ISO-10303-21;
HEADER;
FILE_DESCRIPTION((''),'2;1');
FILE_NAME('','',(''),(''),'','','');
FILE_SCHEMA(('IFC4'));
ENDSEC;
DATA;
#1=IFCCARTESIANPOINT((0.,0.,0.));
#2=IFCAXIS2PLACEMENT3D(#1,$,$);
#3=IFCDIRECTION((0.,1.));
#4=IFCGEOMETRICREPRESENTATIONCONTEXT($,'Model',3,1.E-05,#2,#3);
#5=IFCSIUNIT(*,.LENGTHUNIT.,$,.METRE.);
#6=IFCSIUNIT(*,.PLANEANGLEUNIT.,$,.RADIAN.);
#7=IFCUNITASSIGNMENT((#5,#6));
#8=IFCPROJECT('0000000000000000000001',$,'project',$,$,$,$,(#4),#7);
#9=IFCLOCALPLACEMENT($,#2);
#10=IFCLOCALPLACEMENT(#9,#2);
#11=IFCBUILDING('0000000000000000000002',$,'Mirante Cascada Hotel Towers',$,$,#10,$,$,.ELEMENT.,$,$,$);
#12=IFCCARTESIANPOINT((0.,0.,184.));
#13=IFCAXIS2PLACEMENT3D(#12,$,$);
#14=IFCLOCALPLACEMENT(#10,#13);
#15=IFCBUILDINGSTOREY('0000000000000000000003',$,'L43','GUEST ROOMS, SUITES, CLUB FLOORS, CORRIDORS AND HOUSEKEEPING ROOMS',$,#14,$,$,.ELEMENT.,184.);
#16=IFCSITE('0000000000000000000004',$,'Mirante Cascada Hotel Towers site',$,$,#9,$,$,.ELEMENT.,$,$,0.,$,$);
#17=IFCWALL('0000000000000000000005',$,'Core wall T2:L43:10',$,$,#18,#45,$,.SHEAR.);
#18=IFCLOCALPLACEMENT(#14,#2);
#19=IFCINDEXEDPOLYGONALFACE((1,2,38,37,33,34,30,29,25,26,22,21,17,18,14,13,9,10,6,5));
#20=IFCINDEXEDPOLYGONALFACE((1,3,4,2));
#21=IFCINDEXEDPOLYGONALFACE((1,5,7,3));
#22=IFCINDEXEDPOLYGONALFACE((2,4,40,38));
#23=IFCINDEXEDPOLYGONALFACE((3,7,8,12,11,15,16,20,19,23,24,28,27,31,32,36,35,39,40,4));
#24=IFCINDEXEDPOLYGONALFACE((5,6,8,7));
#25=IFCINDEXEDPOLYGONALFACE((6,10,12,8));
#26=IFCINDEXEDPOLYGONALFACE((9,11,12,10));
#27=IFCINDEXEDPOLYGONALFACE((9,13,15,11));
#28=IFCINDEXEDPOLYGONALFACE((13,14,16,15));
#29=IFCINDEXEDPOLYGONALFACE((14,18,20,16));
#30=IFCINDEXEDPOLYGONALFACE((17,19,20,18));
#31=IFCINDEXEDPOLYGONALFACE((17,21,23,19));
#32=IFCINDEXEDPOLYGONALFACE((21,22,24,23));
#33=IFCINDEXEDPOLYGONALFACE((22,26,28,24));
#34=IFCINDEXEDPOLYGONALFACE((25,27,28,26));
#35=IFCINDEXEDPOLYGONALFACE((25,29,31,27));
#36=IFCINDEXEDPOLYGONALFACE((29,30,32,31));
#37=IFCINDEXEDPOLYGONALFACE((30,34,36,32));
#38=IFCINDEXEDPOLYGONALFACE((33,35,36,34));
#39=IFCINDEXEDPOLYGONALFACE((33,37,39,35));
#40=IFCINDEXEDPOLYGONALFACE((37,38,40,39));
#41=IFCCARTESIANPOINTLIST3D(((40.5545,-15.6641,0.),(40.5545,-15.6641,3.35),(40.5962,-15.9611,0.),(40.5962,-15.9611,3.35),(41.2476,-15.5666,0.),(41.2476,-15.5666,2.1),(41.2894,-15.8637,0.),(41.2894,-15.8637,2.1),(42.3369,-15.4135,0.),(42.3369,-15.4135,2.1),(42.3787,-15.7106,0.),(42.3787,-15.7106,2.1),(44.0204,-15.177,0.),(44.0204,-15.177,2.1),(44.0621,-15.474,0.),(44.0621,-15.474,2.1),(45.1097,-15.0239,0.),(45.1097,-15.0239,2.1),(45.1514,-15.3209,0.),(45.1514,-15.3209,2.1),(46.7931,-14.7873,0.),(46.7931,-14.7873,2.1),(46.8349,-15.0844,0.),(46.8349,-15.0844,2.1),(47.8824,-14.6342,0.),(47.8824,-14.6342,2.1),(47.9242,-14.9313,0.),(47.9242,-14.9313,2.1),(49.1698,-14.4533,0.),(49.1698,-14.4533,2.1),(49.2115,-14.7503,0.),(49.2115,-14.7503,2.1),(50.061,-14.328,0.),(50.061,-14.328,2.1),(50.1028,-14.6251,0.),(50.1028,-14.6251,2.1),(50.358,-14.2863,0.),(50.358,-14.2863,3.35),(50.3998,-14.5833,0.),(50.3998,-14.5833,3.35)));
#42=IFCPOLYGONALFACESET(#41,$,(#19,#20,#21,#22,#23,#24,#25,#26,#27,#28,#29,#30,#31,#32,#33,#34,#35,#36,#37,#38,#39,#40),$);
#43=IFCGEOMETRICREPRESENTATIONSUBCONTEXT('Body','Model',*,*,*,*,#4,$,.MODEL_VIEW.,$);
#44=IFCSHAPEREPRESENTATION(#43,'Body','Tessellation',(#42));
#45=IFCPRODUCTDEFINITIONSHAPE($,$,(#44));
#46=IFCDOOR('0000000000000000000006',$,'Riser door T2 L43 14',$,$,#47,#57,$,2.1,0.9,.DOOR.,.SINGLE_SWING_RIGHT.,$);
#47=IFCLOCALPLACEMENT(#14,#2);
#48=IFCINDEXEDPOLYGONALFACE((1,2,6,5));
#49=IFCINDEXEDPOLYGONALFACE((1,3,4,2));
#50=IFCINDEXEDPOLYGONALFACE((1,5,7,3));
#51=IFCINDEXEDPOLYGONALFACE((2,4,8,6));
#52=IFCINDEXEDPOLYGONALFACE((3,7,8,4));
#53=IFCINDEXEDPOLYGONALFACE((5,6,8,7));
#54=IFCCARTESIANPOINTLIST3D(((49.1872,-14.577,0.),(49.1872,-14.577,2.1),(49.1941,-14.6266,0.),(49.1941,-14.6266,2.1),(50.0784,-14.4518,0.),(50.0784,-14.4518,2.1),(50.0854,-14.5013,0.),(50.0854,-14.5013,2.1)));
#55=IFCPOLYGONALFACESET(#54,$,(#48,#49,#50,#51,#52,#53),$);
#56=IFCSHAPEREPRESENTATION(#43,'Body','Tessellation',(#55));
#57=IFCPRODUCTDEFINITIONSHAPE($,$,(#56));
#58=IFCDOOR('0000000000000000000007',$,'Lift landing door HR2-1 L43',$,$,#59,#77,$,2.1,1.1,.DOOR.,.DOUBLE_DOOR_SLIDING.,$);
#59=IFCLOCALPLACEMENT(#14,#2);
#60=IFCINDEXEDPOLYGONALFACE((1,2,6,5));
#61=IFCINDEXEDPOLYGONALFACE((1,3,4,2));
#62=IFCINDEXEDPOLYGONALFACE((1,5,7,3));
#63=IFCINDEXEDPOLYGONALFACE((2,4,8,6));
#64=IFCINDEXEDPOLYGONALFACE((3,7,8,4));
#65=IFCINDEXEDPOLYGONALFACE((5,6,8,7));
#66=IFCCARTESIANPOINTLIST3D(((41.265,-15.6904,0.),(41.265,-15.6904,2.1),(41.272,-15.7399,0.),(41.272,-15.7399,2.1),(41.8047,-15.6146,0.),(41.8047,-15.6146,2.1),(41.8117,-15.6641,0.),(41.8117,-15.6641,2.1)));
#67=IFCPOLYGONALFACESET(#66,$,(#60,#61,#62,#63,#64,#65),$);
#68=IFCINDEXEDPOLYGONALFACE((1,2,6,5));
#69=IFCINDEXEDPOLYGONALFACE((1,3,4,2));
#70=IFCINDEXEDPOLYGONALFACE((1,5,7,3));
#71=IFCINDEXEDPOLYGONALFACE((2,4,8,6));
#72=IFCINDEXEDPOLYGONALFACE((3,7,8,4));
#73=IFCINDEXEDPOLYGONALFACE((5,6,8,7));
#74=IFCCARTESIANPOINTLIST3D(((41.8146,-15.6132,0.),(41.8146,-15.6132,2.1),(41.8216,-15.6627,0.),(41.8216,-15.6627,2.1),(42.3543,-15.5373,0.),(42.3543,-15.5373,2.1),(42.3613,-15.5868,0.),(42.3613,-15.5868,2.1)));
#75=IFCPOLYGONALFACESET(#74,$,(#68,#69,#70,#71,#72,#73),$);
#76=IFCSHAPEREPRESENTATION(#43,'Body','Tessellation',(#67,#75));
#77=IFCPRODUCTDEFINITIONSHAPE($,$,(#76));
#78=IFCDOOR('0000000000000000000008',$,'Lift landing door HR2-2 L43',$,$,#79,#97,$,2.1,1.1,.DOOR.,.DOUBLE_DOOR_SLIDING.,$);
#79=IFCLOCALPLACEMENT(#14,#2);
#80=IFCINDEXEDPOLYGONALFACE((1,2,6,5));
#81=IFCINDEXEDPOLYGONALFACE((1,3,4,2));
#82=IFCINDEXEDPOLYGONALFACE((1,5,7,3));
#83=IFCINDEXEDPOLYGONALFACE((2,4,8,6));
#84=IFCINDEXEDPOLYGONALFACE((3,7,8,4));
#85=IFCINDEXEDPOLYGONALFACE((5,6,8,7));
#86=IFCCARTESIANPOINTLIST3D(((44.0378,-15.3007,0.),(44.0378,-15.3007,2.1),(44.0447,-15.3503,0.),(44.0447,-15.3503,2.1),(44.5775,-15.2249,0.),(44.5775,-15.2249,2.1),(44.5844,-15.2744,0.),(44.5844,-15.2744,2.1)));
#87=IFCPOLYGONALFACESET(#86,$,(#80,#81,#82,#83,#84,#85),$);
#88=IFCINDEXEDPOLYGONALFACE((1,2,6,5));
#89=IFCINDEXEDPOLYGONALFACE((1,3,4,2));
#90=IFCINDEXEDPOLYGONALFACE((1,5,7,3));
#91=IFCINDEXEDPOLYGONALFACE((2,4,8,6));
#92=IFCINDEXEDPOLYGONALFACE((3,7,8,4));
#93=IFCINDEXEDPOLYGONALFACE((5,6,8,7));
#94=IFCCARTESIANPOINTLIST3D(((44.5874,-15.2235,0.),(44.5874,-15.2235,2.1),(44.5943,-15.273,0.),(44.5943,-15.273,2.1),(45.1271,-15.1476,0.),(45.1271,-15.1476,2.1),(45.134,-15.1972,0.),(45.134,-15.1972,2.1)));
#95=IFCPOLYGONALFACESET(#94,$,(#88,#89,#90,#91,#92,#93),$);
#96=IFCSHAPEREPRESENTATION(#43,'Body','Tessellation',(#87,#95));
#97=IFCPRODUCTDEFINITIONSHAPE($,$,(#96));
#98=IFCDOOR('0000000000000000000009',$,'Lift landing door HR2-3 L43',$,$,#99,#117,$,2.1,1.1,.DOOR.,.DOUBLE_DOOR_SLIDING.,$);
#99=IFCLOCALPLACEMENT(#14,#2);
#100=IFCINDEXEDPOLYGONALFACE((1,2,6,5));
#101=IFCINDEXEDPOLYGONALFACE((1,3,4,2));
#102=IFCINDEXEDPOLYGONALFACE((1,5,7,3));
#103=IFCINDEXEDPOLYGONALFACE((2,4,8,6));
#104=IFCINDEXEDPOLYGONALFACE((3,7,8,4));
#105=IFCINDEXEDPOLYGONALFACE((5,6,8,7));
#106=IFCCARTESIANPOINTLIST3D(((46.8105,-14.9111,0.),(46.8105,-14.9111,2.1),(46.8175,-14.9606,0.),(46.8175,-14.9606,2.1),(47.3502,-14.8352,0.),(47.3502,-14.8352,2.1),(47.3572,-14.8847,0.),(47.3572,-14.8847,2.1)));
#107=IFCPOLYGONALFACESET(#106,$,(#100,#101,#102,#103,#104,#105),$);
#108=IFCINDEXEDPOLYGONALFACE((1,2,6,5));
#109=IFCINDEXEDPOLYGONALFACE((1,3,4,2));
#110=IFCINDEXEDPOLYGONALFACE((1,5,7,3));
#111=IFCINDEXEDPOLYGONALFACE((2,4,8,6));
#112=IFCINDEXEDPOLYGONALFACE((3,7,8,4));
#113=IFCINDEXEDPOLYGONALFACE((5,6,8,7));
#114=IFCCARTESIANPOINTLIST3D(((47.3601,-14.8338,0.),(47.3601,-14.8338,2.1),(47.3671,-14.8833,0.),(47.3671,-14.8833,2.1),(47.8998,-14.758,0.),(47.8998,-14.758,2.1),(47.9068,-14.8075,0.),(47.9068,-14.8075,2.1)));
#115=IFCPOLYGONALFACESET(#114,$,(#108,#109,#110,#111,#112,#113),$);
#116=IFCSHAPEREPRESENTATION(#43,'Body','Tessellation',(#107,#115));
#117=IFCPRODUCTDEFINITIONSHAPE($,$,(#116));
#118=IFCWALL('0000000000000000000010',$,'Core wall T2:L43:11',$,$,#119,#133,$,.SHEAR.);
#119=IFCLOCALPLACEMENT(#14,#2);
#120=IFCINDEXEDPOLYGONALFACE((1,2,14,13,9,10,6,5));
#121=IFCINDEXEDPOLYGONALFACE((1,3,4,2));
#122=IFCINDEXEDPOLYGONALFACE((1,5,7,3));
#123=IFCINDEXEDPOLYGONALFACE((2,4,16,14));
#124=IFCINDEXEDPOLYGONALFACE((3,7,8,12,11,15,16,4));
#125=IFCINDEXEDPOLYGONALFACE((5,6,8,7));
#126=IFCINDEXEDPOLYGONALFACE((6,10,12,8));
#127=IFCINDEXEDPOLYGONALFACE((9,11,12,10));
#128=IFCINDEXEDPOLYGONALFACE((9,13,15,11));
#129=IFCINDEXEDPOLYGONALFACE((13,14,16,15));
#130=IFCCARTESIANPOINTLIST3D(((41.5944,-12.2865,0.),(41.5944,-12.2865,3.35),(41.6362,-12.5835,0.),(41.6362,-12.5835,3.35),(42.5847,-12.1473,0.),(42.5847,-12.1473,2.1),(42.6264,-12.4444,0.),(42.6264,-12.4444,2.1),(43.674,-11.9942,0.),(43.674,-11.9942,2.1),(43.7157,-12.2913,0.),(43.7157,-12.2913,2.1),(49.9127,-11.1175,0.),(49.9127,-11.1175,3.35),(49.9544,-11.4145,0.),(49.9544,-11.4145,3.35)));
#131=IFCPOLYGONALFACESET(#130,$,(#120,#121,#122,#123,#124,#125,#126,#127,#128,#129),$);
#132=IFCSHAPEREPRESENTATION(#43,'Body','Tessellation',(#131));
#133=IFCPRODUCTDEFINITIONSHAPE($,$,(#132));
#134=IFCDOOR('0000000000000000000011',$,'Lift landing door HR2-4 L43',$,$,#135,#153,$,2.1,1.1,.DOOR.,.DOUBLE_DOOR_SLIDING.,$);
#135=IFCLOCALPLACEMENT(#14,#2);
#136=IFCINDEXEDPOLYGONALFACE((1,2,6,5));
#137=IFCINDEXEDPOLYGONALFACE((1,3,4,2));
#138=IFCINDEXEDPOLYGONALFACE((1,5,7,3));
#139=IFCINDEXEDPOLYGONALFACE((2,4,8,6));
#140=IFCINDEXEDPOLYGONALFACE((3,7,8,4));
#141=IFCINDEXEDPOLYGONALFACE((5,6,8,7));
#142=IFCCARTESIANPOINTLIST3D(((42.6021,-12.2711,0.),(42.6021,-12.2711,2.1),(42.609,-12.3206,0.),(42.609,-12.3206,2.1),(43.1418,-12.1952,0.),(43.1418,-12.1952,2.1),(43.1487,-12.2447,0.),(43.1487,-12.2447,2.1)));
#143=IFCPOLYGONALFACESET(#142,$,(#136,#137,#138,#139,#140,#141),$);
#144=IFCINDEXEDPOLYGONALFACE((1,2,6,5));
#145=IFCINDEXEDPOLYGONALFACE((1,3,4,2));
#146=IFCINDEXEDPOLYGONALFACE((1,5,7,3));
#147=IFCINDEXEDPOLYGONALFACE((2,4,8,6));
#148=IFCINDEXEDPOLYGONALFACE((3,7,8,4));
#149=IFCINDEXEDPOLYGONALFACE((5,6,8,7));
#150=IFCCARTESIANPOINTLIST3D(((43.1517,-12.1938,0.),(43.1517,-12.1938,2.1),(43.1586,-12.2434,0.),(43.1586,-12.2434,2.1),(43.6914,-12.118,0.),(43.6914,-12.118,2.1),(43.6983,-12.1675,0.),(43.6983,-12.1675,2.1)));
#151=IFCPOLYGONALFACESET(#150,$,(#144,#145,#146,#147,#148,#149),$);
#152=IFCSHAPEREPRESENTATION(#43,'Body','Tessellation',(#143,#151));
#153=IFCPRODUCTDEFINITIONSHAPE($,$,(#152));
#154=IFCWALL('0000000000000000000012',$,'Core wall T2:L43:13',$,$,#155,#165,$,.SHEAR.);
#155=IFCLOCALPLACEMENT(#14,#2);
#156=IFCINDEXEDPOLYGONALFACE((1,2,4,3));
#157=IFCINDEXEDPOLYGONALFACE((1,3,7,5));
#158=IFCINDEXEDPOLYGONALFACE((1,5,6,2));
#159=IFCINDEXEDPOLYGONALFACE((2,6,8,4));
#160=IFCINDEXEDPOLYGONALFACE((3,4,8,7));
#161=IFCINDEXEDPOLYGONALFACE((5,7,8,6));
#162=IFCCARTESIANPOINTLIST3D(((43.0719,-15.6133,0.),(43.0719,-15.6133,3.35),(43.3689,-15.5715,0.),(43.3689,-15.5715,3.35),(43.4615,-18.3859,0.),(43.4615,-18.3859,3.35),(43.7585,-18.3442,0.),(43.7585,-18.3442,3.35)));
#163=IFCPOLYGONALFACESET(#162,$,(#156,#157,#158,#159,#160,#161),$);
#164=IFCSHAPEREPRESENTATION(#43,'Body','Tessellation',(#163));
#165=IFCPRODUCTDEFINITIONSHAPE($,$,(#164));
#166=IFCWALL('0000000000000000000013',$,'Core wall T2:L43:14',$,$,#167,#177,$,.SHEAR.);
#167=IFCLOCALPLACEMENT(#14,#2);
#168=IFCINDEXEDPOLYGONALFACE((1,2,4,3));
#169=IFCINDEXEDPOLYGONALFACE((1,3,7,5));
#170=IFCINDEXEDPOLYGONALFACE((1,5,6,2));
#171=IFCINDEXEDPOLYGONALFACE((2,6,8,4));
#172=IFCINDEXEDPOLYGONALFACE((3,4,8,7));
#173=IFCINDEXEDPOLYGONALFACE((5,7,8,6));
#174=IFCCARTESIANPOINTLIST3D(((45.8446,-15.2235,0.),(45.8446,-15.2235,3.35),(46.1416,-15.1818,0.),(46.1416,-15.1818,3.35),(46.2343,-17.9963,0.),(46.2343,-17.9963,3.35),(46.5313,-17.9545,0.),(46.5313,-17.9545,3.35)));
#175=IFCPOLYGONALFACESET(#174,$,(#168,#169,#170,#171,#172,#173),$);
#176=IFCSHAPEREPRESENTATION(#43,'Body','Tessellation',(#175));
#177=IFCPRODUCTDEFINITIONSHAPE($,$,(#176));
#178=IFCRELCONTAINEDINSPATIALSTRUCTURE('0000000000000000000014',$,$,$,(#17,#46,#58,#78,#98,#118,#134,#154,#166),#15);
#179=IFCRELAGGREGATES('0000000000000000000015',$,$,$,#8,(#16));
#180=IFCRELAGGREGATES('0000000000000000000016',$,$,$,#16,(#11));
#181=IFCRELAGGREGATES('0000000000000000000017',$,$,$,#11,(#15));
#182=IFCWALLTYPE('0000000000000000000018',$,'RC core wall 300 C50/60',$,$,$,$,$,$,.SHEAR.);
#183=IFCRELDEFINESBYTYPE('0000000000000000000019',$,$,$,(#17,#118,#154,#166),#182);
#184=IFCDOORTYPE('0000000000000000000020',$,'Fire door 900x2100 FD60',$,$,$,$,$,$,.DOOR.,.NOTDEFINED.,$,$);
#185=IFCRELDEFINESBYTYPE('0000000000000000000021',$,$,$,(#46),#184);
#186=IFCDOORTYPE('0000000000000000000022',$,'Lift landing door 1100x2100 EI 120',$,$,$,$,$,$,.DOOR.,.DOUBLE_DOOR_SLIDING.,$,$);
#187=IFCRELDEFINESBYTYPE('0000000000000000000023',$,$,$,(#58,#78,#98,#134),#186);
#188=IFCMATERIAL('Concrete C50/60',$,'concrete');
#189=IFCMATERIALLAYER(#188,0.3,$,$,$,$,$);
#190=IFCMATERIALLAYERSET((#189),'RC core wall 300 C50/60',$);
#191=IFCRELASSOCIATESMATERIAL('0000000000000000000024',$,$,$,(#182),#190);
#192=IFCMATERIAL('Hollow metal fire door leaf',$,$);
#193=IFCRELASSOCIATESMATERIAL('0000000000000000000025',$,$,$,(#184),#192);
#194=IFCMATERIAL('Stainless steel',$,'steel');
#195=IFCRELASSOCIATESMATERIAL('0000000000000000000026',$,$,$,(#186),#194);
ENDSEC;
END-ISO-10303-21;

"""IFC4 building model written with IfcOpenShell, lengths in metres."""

from ifc_helpers import new_model, si_unit, direction, frame, frame_2d, origin, place, context, subcontext, project, spatial, rectangle, extrude, material, layer, layer_set, type_object, element, fill, save


model = new_model("IFC4")

# Units and contexts
model_context = context("Model", 3, precision=1e-05, world=origin(), true_north=direction((0.0, 1.0)))
body_context = subcontext(model_context, "Body", "Model", "MODEL_VIEW")
ifc_project = project(units=[si_unit("LENGTHUNIT", "METRE"), si_unit("PLANEANGLEUNIT", "RADIAN")], contexts=[model_context])

# Site, building, storey
site_placement = place(None, origin())
site = spatial("IfcSite", under=ifc_project, at=site_placement, Name="Mirante Cascada Hotel Towers site", CompositionType="ELEMENT", RefElevation=0.0)
building_placement = place(site_placement, origin())
building = spatial("IfcBuilding", under=site, at=building_placement, Name="Mirante Cascada Hotel Towers", CompositionType="ELEMENT")
storey_placement = place(building_placement, frame((0.0, 0.0, 184.0)))
storey = spatial("IfcBuildingStorey", under=building, at=storey_placement, Name="L43", Description="GUEST ROOMS, SUITES, CLUB FLOORS, CORRIDORS AND HOUSEKEEPING ROOMS", CompositionType="ELEMENT", Elevation=184.0)

# Shared definitions
ifc_material_1 = material(Name="Concrete C50/60", Category="concrete")
ifc_layer_1 = layer(ifc_material_1, 0.3)
ifc_layer_set_1 = layer_set([ifc_layer_1], Name="RC core wall 300 C50/60")
wall_type_1 = type_object("IfcWallType", Name="RC core wall 300 C50/60", PredefinedType="SHEAR", material=ifc_layer_set_1)

# Wall, openings, doors
wall_1_placement = place(storey_placement, frame((40.5753, -15.8126, 0.0), z_axis=(0.0, 0.0, 1.0), x_axis=(0.990268, 0.139173, 0.0)))
wall_1 = element("IfcWall", 1, at=wall_1_placement, inside=storey, type_object=wall_type_1, Name="Core wall T2:L43:10", PredefinedType="SHEAR", context=body_context, shape_type="SweptSolid", body=[
    extrude(rectangle(XDim=9.8999, YDim=0.3, at=frame_2d((4.95, 0.0))), origin(), (0.0, 0.0, 1.0), 3.35),
])
opening_1_placement = place(wall_1_placement, frame((0.7, 0.0, 0.0)))
opening_1 = element("IfcOpeningElement", 2, at=opening_1_placement, cuts=wall_1, PredefinedType="OPENING", context=body_context, shape_type="SweptSolid", body=[
    extrude(rectangle(XDim=1.1, YDim=2.1, at=frame_2d((0.55, 1.05))), frame((0.0, 0.15, 0.0), z_axis=(0.0, -1.0, 0.0), x_axis=(1.0, 0.0, 0.0)), (0.0, 0.0, 1.0), 0.3),
])
opening_2_placement = place(wall_1_placement, frame((3.5, 0.0, 0.0)))
opening_2 = element("IfcOpeningElement", 3, at=opening_2_placement, cuts=wall_1, PredefinedType="OPENING", context=body_context, shape_type="SweptSolid", body=[
    extrude(rectangle(XDim=1.1, YDim=2.1, at=frame_2d((0.55, 1.05))), frame((0.0, 0.15, 0.0), z_axis=(0.0, -1.0, 0.0), x_axis=(1.0, 0.0, 0.0)), (0.0, 0.0, 1.0), 0.3),
])
opening_3_placement = place(wall_1_placement, frame((6.3, 0.0, 0.0)))
opening_3 = element("IfcOpeningElement", 4, at=opening_3_placement, cuts=wall_1, PredefinedType="OPENING", context=body_context, shape_type="SweptSolid", body=[
    extrude(rectangle(XDim=1.1, YDim=2.1, at=frame_2d((0.55, 1.05))), frame((0.0, 0.15, 0.0), z_axis=(0.0, -1.0, 0.0), x_axis=(1.0, 0.0, 0.0)), (0.0, 0.0, 1.0), 0.3),
])
opening_4_placement = place(wall_1_placement, frame((8.7, 0.0, 0.0)))
opening_4 = element("IfcOpeningElement", 5, at=opening_4_placement, cuts=wall_1, PredefinedType="OPENING", context=body_context, shape_type="SweptSolid", body=[
    extrude(rectangle(XDim=0.9, YDim=2.1, at=frame_2d((0.45, 1.05))), frame((0.0, 0.15, 0.0), z_axis=(0.0, -1.0, 0.0), x_axis=(1.0, 0.0, 0.0)), (0.0, 0.0, 1.0), 0.3),
])
ifc_material_2 = material(Name="Hollow metal fire door leaf")
door_type_1 = type_object("IfcDoorType", Name="Fire door 900x2100 FD60", OperationType="NOTDEFINED", PredefinedType="DOOR", material=ifc_material_2)
door_1_placement = place(opening_4_placement, frame((0.9, 0.0, 0.0), z_axis=(0.0, 0.0, 1.0), x_axis=(-1.0, 0.0, 0.0)))
door_1 = element("IfcDoor", 6, at=door_1_placement, inside=storey, type_object=door_type_1, Name="Riser door T2 L43 14", OperationType="SINGLE_SWING_RIGHT", OverallHeight=2.1, OverallWidth=0.9, PredefinedType="DOOR", context=body_context, shape_type="SweptSolid", body=[
    extrude(rectangle(XDim=0.9, YDim=2.1, at=frame_2d((0.45, 1.05))), frame((0.0, 0.025, 0.0), z_axis=(0.0, -1.0, 0.0), x_axis=(1.0, 0.0, 0.0)), (0.0, 0.0, 1.0), 0.05),
])
fill(opening_4, door_1)
ifc_material_3 = material(Name="Stainless steel", Category="steel")
door_type_2 = type_object("IfcDoorType", Name="Lift landing door 1100x2100 EI 120", OperationType="DOUBLE_DOOR_SLIDING", PredefinedType="DOOR", material=ifc_material_3)
door_2_placement = place(opening_1_placement, origin())
door_2 = element("IfcDoor", 7, at=door_2_placement, inside=storey, type_object=door_type_2, Name="Lift landing door HR2-1 L43", OperationType="DOUBLE_DOOR_SLIDING", OverallHeight=2.1, OverallWidth=1.1, PredefinedType="DOOR", context=body_context, shape_type="SweptSolid", body=[
    extrude(rectangle(XDim=0.545, YDim=2.1, at=frame_2d((0.2725, 1.05))), frame((0.0, 0.025, 0.0), z_axis=(0.0, -1.0, 0.0), x_axis=(1.0, 0.0, 0.0)), (0.0, 0.0, 1.0), 0.05),
    extrude(rectangle(XDim=0.545, YDim=2.1, at=frame_2d((0.8275, 1.05))), frame((0.0, 0.025, 0.0), z_axis=(0.0, -1.0, 0.0), x_axis=(1.0, 0.0, 0.0)), (0.0, 0.0, 1.0), 0.05),
])
fill(opening_1, door_2)
door_3_placement = place(opening_2_placement, origin())
door_3 = element("IfcDoor", 8, at=door_3_placement, inside=storey, type_object=door_type_2, Name="Lift landing door HR2-2 L43", OperationType="DOUBLE_DOOR_SLIDING", OverallHeight=2.1, OverallWidth=1.1, PredefinedType="DOOR", context=body_context, shape_type="SweptSolid", body=[
    extrude(rectangle(XDim=0.545, YDim=2.1, at=frame_2d((0.2725, 1.05))), frame((0.0, 0.025, 0.0), z_axis=(0.0, -1.0, 0.0), x_axis=(1.0, 0.0, 0.0)), (0.0, 0.0, 1.0), 0.05),
    extrude(rectangle(XDim=0.545, YDim=2.1, at=frame_2d((0.8275, 1.05))), frame((0.0, 0.025, 0.0), z_axis=(0.0, -1.0, 0.0), x_axis=(1.0, 0.0, 0.0)), (0.0, 0.0, 1.0), 0.05),
])
fill(opening_2, door_3)
door_4_placement = place(opening_3_placement, origin())
door_4 = element("IfcDoor", 9, at=door_4_placement, inside=storey, type_object=door_type_2, Name="Lift landing door HR2-3 L43", OperationType="DOUBLE_DOOR_SLIDING", OverallHeight=2.1, OverallWidth=1.1, PredefinedType="DOOR", context=body_context, shape_type="SweptSolid", body=[
    extrude(rectangle(XDim=0.545, YDim=2.1, at=frame_2d((0.2725, 1.05))), frame((0.0, 0.025, 0.0), z_axis=(0.0, -1.0, 0.0), x_axis=(1.0, 0.0, 0.0)), (0.0, 0.0, 1.0), 0.05),
    extrude(rectangle(XDim=0.545, YDim=2.1, at=frame_2d((0.8275, 1.05))), frame((0.0, 0.025, 0.0), z_axis=(0.0, -1.0, 0.0), x_axis=(1.0, 0.0, 0.0)), (0.0, 0.0, 1.0), 0.05),
])
fill(opening_3, door_4)

# Wall, opening, door
wall_2_placement = place(storey_placement, frame((41.6153, -12.435, 0.0), z_axis=(0.0, 0.0, 1.0), x_axis=(0.990269, 0.139166, 0.0)))
wall_2 = element("IfcWall", 10, at=wall_2_placement, inside=storey, type_object=wall_type_1, Name="Core wall T2:L43:11", PredefinedType="SHEAR", context=body_context, shape_type="SweptSolid", body=[
    extrude(rectangle(XDim=8.4, YDim=0.3, at=frame_2d((4.2, 0.0))), origin(), (0.0, 0.0, 1.0), 3.35),
])
opening_5_placement = place(wall_2_placement, frame((1.0, 0.0, 0.0)))
opening_5 = element("IfcOpeningElement", 11, at=opening_5_placement, cuts=wall_2, PredefinedType="OPENING", context=body_context, shape_type="SweptSolid", body=[
    extrude(rectangle(XDim=1.1, YDim=2.1, at=frame_2d((0.55, 1.05))), frame((0.0, 0.15, 0.0), z_axis=(0.0, -1.0, 0.0), x_axis=(1.0, 0.0, 0.0)), (0.0, 0.0, 1.0), 0.3),
])
door_5_placement = place(opening_5_placement, origin())
door_5 = element("IfcDoor", 12, at=door_5_placement, inside=storey, type_object=door_type_2, Name="Lift landing door HR2-4 L43", OperationType="DOUBLE_DOOR_SLIDING", OverallHeight=2.1, OverallWidth=1.1, PredefinedType="DOOR", context=body_context, shape_type="SweptSolid", body=[
    extrude(rectangle(XDim=0.545, YDim=2.1, at=frame_2d((0.2725, 1.05))), frame((0.0, 0.025, 0.0), z_axis=(0.0, -1.0, 0.0), x_axis=(1.0, 0.0, 0.0)), (0.0, 0.0, 1.0), 0.05),
    extrude(rectangle(XDim=0.545, YDim=2.1, at=frame_2d((0.8275, 1.05))), frame((0.0, 0.025, 0.0), z_axis=(0.0, -1.0, 0.0), x_axis=(1.0, 0.0, 0.0)), (0.0, 0.0, 1.0), 0.05),
])
fill(opening_5, door_5)

# Walls
wall_3_placement = place(storey_placement, frame((43.61, -18.3651, 0.0), z_axis=(0.0, 0.0, 1.0), x_axis=(-0.139146, 0.990272, 0.0)))
element("IfcWall", 13, at=wall_3_placement, inside=storey, type_object=wall_type_1, Name="Core wall T2:L43:13", PredefinedType="SHEAR", context=body_context, shape_type="SweptSolid", body=[
    extrude(rectangle(XDim=2.7999, YDim=0.3, at=frame_2d((1.4, 0.0))), origin(), (0.0, 0.0, 1.0), 3.35),
])
wall_4_placement = place(storey_placement, frame((46.3828, -17.9754, 0.0), z_axis=(0.0, 0.0, 1.0), x_axis=(-0.139181, 0.990267, 0.0)))
element("IfcWall", 14, at=wall_4_placement, inside=storey, type_object=wall_type_1, Name="Core wall T2:L43:14", PredefinedType="SHEAR", context=body_context, shape_type="SweptSolid", body=[
    extrude(rectangle(XDim=2.8, YDim=0.3, at=frame_2d((1.4, 0.0))), origin(), (0.0, 0.0, 1.0), 3.35),
])

save(model, "model.ifc")
